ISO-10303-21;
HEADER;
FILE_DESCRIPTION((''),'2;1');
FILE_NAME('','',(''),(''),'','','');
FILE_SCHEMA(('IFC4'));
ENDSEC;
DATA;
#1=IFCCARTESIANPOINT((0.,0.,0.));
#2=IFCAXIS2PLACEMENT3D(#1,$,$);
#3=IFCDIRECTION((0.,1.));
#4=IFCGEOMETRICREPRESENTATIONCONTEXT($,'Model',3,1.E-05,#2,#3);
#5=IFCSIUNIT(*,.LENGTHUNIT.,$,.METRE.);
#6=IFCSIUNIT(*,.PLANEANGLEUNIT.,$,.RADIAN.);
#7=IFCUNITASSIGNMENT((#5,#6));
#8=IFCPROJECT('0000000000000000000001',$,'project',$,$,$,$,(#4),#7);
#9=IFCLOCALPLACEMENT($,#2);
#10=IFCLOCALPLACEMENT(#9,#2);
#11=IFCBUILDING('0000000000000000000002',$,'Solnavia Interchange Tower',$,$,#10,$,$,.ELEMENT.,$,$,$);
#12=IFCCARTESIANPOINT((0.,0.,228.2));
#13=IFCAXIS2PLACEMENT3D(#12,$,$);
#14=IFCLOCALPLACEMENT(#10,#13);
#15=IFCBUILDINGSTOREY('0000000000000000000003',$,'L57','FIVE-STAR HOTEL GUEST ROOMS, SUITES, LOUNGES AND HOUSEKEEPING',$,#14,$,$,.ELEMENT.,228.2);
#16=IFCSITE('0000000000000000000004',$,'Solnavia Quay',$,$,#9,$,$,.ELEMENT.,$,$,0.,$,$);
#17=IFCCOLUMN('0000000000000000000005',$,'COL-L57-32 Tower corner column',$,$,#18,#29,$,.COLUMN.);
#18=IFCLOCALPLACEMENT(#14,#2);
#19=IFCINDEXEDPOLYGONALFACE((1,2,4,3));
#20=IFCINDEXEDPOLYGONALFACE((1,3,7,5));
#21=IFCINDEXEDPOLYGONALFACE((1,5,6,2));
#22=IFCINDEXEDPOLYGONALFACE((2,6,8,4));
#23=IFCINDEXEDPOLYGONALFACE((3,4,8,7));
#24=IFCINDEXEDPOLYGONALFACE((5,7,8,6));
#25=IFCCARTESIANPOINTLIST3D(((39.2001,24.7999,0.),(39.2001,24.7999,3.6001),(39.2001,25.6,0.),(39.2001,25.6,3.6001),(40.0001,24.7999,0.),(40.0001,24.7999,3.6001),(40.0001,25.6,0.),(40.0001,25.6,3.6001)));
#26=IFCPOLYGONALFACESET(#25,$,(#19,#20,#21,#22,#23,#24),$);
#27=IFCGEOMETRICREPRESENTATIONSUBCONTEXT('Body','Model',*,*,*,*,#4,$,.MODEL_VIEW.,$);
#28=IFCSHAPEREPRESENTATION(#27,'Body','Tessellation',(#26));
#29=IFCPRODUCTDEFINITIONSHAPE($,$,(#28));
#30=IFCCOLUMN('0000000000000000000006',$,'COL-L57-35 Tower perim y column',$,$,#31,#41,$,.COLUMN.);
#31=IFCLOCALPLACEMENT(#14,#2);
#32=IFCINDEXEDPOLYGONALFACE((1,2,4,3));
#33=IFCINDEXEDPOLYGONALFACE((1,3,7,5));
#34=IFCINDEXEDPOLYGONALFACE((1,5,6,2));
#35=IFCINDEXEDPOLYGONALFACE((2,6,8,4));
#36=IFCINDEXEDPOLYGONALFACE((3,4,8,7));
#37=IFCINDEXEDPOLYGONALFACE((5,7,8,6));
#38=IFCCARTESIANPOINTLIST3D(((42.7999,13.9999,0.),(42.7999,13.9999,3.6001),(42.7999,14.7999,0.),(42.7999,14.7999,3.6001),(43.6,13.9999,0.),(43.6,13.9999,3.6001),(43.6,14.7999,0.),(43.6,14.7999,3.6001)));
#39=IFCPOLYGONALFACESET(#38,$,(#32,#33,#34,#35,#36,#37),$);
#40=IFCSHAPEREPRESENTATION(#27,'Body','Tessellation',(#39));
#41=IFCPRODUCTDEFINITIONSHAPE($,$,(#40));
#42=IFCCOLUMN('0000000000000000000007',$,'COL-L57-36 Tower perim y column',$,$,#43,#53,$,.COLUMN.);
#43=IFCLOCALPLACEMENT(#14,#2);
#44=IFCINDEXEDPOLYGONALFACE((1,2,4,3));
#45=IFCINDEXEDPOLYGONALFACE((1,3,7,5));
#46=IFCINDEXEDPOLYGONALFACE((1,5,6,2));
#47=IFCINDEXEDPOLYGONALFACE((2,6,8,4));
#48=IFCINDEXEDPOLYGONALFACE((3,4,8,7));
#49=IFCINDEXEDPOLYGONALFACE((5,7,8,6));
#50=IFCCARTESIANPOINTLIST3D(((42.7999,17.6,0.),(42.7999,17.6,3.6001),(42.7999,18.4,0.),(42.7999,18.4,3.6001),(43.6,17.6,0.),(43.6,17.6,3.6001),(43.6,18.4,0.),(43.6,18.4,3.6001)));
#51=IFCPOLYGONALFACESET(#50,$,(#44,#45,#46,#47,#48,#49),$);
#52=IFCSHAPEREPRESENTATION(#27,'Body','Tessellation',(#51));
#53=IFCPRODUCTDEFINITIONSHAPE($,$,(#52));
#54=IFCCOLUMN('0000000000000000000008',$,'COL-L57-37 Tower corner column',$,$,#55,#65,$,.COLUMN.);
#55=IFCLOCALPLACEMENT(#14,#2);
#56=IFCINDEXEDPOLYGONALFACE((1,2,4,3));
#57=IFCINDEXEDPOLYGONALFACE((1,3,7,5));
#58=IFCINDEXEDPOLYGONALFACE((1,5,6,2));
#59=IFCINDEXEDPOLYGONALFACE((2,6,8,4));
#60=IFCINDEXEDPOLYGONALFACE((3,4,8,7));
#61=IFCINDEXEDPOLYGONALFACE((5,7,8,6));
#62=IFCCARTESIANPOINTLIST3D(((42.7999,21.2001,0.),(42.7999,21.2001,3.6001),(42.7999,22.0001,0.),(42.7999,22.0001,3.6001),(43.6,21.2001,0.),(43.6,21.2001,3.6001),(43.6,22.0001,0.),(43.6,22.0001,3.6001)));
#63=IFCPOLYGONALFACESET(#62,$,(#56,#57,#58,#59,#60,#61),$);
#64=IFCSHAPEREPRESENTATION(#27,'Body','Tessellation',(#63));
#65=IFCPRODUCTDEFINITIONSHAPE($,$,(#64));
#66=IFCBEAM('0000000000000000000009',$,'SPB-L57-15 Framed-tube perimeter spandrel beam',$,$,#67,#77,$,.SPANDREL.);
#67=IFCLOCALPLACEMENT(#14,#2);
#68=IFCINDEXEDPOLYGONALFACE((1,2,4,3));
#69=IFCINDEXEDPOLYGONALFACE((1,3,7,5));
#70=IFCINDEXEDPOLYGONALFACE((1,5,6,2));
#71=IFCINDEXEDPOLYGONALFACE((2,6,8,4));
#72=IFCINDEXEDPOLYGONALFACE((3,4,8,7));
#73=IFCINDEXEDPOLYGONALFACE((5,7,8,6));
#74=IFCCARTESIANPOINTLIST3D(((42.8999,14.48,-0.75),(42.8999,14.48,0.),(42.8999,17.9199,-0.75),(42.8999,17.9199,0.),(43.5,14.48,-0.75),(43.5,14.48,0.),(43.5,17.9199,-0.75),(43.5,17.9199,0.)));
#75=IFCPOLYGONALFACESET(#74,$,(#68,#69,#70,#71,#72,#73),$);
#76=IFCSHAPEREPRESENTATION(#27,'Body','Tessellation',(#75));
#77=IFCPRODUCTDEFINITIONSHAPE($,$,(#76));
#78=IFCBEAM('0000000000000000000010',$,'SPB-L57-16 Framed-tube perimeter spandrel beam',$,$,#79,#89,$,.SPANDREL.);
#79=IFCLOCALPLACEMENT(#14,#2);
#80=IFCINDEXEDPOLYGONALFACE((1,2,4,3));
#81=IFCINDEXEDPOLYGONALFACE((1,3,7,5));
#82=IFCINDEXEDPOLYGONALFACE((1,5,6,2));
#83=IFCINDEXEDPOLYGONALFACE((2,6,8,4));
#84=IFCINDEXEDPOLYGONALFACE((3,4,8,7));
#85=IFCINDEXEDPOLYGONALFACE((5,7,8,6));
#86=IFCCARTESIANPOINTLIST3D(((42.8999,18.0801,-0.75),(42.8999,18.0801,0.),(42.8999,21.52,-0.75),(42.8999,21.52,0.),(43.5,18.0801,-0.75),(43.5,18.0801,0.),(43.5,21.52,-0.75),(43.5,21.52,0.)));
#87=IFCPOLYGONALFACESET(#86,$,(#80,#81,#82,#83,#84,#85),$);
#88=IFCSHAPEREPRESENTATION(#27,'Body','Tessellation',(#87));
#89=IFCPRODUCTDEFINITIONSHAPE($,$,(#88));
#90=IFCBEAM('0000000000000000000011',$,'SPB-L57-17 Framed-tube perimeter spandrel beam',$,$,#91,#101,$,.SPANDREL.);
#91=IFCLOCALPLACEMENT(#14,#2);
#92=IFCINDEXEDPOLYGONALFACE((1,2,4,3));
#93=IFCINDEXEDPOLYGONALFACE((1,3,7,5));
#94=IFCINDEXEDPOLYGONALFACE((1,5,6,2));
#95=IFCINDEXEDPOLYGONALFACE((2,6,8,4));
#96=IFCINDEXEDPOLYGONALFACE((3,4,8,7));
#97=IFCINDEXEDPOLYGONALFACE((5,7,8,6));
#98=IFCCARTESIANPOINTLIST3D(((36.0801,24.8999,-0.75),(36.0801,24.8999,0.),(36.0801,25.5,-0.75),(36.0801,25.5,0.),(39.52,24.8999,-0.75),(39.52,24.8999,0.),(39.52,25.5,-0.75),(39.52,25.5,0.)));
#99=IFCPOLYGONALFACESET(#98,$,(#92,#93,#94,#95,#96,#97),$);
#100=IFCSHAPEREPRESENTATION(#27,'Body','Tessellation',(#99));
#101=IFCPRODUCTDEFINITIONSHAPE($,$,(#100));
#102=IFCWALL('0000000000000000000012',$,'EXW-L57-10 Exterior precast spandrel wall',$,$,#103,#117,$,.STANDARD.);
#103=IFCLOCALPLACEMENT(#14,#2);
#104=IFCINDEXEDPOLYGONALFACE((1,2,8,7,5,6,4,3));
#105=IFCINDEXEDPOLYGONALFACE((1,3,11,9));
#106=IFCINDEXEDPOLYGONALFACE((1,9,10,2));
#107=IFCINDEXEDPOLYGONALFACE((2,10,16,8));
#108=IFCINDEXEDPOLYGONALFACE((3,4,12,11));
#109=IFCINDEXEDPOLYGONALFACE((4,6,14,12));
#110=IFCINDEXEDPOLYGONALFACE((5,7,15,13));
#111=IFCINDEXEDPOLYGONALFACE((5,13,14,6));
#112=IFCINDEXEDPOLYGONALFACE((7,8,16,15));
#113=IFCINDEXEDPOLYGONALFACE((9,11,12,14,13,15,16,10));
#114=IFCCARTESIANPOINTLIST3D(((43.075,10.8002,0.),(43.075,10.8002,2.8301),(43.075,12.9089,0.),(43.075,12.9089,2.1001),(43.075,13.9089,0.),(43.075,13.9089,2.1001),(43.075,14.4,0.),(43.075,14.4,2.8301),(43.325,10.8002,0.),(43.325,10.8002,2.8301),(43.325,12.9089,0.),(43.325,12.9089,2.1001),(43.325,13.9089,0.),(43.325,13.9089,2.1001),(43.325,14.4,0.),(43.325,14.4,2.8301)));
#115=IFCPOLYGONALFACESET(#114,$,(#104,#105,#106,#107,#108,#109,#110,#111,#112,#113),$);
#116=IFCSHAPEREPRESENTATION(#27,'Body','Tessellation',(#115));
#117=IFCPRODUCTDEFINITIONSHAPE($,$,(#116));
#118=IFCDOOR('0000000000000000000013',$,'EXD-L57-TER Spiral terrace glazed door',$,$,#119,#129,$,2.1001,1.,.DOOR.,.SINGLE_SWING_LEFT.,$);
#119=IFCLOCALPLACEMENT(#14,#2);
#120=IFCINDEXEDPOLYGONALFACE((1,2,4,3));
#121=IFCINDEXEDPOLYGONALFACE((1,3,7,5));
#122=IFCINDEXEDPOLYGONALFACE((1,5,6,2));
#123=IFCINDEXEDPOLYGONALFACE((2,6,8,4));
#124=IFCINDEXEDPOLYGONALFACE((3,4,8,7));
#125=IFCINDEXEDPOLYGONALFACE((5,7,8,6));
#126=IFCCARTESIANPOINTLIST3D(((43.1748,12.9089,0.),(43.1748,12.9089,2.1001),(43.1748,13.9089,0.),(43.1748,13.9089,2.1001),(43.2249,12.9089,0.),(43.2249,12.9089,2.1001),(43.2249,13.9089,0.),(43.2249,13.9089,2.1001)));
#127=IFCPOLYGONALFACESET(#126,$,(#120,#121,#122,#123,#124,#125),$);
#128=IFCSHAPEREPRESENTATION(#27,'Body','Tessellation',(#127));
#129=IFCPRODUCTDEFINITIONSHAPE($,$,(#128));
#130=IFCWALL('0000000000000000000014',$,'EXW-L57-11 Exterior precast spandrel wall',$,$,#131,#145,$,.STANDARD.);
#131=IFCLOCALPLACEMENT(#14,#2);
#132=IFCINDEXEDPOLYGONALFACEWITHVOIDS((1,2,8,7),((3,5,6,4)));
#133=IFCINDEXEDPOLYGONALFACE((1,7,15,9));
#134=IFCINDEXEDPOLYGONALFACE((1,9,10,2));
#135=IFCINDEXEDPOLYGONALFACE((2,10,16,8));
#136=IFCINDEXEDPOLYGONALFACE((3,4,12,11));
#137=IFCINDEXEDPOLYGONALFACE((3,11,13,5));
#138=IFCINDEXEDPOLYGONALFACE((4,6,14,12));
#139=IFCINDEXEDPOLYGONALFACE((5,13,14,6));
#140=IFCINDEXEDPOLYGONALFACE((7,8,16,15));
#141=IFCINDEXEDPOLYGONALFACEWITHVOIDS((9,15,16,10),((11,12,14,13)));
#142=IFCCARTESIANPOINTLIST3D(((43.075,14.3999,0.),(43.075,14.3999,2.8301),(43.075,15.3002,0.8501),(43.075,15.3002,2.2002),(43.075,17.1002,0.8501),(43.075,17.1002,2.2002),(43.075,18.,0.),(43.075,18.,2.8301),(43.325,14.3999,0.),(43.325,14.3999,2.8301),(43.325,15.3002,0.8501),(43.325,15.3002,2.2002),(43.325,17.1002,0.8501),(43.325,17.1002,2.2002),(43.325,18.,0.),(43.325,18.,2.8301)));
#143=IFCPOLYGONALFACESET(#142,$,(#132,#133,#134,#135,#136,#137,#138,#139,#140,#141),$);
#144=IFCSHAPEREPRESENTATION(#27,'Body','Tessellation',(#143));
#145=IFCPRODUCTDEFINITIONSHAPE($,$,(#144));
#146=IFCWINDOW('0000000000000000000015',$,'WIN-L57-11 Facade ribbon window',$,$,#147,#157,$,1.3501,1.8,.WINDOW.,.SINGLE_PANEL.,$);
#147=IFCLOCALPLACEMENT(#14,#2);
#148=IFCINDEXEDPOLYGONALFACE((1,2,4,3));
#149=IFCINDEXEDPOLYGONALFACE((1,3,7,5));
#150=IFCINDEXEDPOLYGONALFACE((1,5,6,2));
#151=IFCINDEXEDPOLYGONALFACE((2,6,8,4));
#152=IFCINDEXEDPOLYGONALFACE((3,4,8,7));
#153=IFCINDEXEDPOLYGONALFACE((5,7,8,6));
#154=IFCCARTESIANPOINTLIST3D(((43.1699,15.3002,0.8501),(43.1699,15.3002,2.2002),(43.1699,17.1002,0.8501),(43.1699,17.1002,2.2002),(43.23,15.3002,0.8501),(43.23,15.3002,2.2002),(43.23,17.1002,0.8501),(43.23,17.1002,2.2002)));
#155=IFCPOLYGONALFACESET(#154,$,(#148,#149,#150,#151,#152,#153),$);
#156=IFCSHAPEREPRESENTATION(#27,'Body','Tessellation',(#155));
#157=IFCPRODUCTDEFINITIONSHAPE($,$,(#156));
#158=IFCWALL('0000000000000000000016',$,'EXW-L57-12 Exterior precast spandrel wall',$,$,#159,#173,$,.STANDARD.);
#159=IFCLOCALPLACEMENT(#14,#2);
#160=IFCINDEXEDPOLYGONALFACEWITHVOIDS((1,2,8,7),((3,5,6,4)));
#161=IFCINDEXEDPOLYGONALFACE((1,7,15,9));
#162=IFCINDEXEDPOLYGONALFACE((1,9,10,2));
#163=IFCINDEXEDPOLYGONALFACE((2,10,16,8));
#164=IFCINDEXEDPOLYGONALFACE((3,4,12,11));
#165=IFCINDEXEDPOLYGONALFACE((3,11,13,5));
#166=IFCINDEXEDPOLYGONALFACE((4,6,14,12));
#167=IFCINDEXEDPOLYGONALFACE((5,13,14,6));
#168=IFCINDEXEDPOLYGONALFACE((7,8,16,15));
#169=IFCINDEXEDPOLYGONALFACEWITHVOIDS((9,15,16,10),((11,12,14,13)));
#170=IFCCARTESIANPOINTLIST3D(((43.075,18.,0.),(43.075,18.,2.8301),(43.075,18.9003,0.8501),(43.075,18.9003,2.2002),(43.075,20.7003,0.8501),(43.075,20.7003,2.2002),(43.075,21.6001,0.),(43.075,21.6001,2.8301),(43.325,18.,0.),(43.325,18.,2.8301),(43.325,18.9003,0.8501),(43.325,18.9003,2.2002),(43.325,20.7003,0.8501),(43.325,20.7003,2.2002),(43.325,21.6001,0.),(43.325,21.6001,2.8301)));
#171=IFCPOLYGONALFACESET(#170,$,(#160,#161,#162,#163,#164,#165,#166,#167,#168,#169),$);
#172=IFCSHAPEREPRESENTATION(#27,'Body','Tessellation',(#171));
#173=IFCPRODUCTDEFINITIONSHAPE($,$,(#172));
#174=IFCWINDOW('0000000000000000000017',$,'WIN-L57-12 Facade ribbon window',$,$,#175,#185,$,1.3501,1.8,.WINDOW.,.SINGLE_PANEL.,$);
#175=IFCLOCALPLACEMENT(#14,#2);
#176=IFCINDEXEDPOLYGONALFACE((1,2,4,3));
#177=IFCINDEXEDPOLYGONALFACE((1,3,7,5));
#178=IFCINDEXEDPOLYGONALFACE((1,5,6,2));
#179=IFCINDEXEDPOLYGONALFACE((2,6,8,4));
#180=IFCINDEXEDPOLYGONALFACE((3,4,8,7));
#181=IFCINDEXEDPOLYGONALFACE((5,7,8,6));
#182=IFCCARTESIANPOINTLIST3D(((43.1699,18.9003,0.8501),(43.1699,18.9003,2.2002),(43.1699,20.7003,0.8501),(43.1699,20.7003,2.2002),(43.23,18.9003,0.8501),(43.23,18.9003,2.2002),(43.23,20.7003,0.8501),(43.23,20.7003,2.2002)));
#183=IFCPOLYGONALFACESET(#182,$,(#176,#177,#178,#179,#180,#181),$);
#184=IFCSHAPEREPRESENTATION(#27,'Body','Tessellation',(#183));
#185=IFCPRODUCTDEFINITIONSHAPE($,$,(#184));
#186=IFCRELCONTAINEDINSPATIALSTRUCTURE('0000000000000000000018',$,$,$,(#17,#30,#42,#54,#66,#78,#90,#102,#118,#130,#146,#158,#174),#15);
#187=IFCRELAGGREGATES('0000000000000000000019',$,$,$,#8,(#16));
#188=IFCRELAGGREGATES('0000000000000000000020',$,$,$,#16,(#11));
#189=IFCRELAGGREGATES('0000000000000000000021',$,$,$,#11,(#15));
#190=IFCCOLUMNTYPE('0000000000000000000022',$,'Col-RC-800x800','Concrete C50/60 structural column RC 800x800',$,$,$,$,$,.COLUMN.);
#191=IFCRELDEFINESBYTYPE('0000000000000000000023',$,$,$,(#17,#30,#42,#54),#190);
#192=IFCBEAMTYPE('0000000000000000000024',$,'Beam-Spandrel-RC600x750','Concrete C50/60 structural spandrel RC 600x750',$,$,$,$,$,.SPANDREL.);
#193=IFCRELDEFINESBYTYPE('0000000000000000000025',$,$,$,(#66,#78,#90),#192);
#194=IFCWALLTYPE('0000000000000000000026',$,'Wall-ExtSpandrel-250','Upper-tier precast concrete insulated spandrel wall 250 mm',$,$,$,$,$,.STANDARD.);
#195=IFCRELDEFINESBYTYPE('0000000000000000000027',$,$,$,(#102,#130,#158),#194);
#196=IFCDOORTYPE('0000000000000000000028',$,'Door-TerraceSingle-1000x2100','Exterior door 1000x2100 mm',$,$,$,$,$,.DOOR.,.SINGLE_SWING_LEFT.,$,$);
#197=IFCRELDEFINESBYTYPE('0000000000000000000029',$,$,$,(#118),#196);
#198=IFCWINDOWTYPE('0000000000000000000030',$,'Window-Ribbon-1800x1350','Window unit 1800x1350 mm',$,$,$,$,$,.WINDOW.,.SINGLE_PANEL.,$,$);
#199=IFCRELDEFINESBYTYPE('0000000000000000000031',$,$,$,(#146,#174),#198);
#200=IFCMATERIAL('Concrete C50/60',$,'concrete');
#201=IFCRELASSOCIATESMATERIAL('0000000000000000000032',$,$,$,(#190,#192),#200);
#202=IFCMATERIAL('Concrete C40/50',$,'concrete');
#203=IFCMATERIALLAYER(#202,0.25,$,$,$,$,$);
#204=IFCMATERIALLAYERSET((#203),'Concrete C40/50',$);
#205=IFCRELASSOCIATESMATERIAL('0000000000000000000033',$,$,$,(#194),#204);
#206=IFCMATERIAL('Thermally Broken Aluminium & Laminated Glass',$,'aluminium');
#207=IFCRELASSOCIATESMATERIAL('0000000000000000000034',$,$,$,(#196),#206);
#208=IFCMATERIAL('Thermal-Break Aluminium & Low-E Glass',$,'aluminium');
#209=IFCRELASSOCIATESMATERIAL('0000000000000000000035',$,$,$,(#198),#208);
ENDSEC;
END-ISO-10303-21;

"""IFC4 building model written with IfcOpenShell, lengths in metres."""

from ifc_helpers import new_model, si_unit, direction, frame, frame_2d, origin, origin_2d, place, context, subcontext, project, spatial, rectangle, extrude, material, layer, layer_set, material_profile, profile_set, type_object, element, fill, save


model = new_model("IFC4")

# Units and contexts
model_context = context("Model", 3, precision=1e-05, world=origin(), true_north=direction((0.0, 1.0)))
body_context = subcontext(model_context, "Body", "Model", "MODEL_VIEW")
ifc_project = project(units=[si_unit("LENGTHUNIT", "METRE"), si_unit("PLANEANGLEUNIT", "RADIAN")], contexts=[model_context])

# Site, building, storey
site_placement = place(None, origin())
site = spatial("IfcSite", under=ifc_project, at=site_placement, Name="Solnavia Quay", CompositionType="ELEMENT", RefElevation=0.0)
building_placement = place(site_placement, origin())
building = spatial("IfcBuilding", under=site, at=building_placement, Name="Solnavia Interchange Tower", CompositionType="ELEMENT")
storey_placement = place(building_placement, frame((0.0, 0.0, 228.2)))
storey = spatial("IfcBuildingStorey", under=building, at=storey_placement, Name="L57", Description="FIVE-STAR HOTEL GUEST ROOMS, SUITES, LOUNGES AND HOUSEKEEPING", CompositionType="ELEMENT", Elevation=228.2)

# Columns
ifc_material_1 = material(Name="Concrete C50/60", Category="concrete")
ifc_material_profile_1 = material_profile(ifc_material_1, rectangle(XDim=0.8, YDim=0.8, at=origin_2d()), Name="RC 800x800")
ifc_profile_set_1 = profile_set([ifc_material_profile_1], Name="Concrete C50/60")
column_type = type_object("IfcColumnType", Name="Col-RC-800x800", Description="Concrete C50/60 structural column RC 800x800", PredefinedType="COLUMN", material=ifc_profile_set_1)
for number, where, z_axis, x_axis, name in (
    (1, (39.6001, 25.2, 0.0), (0.0, 0.0, 1.0), (1.0, 0.0, 0.0), "COL-L57-32 Tower corner column"),
    (2, (43.2, 14.3999, 0.0), (0.0, 0.0, 1.0), (0.0, 1.0, 0.0), "COL-L57-35 Tower perim y column"),
    (3, (43.2, 18.0, 0.0), (0.0, 0.0, 1.0), (0.0, 1.0, 0.0), "COL-L57-36 Tower perim y column"),
    (4, (43.2, 21.6001, 0.0), (0.0, 0.0, 1.0), (0.0, 1.0, 0.0), "COL-L57-37 Tower corner column"),
):
    element("IfcColumn", number, at=place(storey_placement, frame(where, z_axis=z_axis, x_axis=x_axis)), inside=storey, type_object=column_type, Name=name, PredefinedType="COLUMN", context=body_context, shape_type="SweptSolid", body=[
        extrude(rectangle(XDim=0.8, YDim=0.8, at=origin_2d()), origin(), (0.0, 0.0, 1.0), 3.6001),
    ])

# Beams
ifc_material_profile_2 = material_profile(ifc_material_1, rectangle(XDim=0.6001, YDim=0.75, at=origin_2d()), Name="RC 600x750")
ifc_profile_set_2 = profile_set([ifc_material_profile_2], Name="Concrete C50/60")
beam_type = type_object("IfcBeamType", Name="Beam-Spandrel-RC600x750", Description="Concrete C50/60 structural spandrel RC 600x750", PredefinedType="SPANDREL", material=ifc_profile_set_2)
for number, where, z_axis, x_axis, name in (
    (5, (43.2, 14.48, -0.375), (0.0, 1.0, 0.0), (-1.0, 0.0, 0.0), "SPB-L57-15 Framed-tube perimeter spandrel beam"),
    (6, (43.2, 18.0801, -0.375), (0.0, 1.0, 0.0), (-1.0, 0.0, 0.0), "SPB-L57-16 Framed-tube perimeter spandrel beam"),
    (7, (39.52, 25.2, -0.375), (-1.0, 0.0, 0.0), (0.0, -1.0, 0.0), "SPB-L57-17 Framed-tube perimeter spandrel beam"),
):
    element("IfcBeam", number, at=place(storey_placement, frame(where, z_axis=z_axis, x_axis=x_axis)), inside=storey, type_object=beam_type, Name=name, PredefinedType="SPANDREL", context=body_context, shape_type="SweptSolid", body=[
        extrude(rectangle(XDim=0.6001, YDim=0.75, at=origin_2d()), origin(), (0.0, 0.0, 1.0), 3.4399),
    ])

# Wall, opening, door
ifc_material_2 = material(Name="Concrete C40/50", Category="concrete")
ifc_layer_1 = layer(ifc_material_2, 0.25)
ifc_layer_set_1 = layer_set([ifc_layer_1], Name="Concrete C40/50")
wall_type_1 = type_object("IfcWallType", Name="Wall-ExtSpandrel-250", Description="Upper-tier precast concrete insulated spandrel wall 250 mm", PredefinedType="STANDARD", material=ifc_layer_set_1)
wall_1_placement = place(storey_placement, frame((43.2, 14.3999, 0.0), z_axis=(0.0, 0.0, 1.0), x_axis=(0.0, -1.0, 0.0)))
wall_1 = element("IfcWall", 8, at=wall_1_placement, inside=storey, type_object=wall_type_1, Name="EXW-L57-10 Exterior precast spandrel wall", PredefinedType="STANDARD", context=body_context, shape_type="SweptSolid", body=[
    extrude(rectangle(XDim=3.5999, YDim=0.25, at=frame_2d((1.7998, 0.0))), origin(), (0.0, 0.0, 1.0), 2.8301),
])
opening_1_placement = place(wall_1_placement, frame((0.491, 0.0, 0.0)))
opening_1 = element("IfcOpeningElement", 9, at=opening_1_placement, cuts=wall_1, PredefinedType="OPENING", context=body_context, shape_type="SweptSolid", body=[
    extrude(rectangle(XDim=1.0, YDim=2.1001, at=frame_2d((0.5, 1.05))), frame((0.0, 0.135, 0.0), z_axis=(0.0, -1.0, 0.0), x_axis=(1.0, 0.0, 0.0)), (0.0, 0.0, 1.0), 0.27),
])
ifc_material_3 = material(Name="Thermally Broken Aluminium & Laminated Glass", Category="aluminium")
door_type = type_object("IfcDoorType", Name="Door-TerraceSingle-1000x2100", Description="Exterior door 1000x2100 mm", OperationType="SINGLE_SWING_LEFT", PredefinedType="DOOR", material=ifc_material_3)
door_placement = place(opening_1_placement, origin())
door = element("IfcDoor", 10, at=door_placement, inside=storey, type_object=door_type, Name="EXD-L57-TER Spiral terrace glazed door", OperationType="SINGLE_SWING_LEFT", OverallHeight=2.1001, OverallWidth=1.0, PredefinedType="DOOR", context=body_context, shape_type="SweptSolid", body=[
    extrude(rectangle(XDim=1.0, YDim=2.1001, at=frame_2d((0.5, 1.05))), frame((0.0, 0.0249, 0.0), z_axis=(0.0, -1.0, 0.0), x_axis=(1.0, 0.0, 0.0)), (0.0, 0.0, 1.0), 0.05),
])
fill(opening_1, door)

# Walls, openings, windows
wall_2_placement = place(storey_placement, frame((43.2, 18.0, 0.0), z_axis=(0.0, 0.0, 1.0), x_axis=(0.0, -1.0, 0.0)))
wall_2 = element("IfcWall", 11, at=wall_2_placement, inside=storey, type_object=wall_type_1, Name="EXW-L57-11 Exterior precast spandrel wall", PredefinedType="STANDARD", context=body_context, shape_type="SweptSolid", body=[
    extrude(rectangle(XDim=3.6001, YDim=0.25, at=frame_2d((1.8, 0.0))), origin(), (0.0, 0.0, 1.0), 2.8301),
])
opening_2_placement = place(wall_2_placement, frame((0.8999, 0.0, 0.8501)))
opening_2 = element("IfcOpeningElement", 12, at=opening_2_placement, cuts=wall_2, PredefinedType="OPENING", context=body_context, shape_type="SweptSolid", body=[
    extrude(rectangle(XDim=1.8, YDim=1.3501, at=frame_2d((0.8999, 0.675))), frame((0.0, 0.135, 0.0), z_axis=(0.0, -1.0, 0.0), x_axis=(1.0, 0.0, 0.0)), (0.0, 0.0, 1.0), 0.27),
])
ifc_material_4 = material(Name="Thermal-Break Aluminium & Low-E Glass", Category="aluminium")
window_type = type_object("IfcWindowType", Name="Window-Ribbon-1800x1350", Description="Window unit 1800x1350 mm", PartitioningType="SINGLE_PANEL", PredefinedType="WINDOW", material=ifc_material_4)
window_1_placement = place(opening_2_placement, origin())
window_1 = element("IfcWindow", 13, at=window_1_placement, inside=storey, type_object=window_type, Name="WIN-L57-11 Facade ribbon window", OverallHeight=1.3501, OverallWidth=1.8, PartitioningType="SINGLE_PANEL", PredefinedType="WINDOW", context=body_context, shape_type="SweptSolid", body=[
    extrude(rectangle(XDim=1.8, YDim=1.3501, at=frame_2d((0.8999, 0.675))), frame((0.0, 0.03, 0.0), z_axis=(0.0, -1.0, 0.0), x_axis=(1.0, 0.0, 0.0)), (0.0, 0.0, 1.0), 0.0601),
])
fill(opening_2, window_1)
wall_3_placement = place(storey_placement, frame((43.2, 21.6001, 0.0), z_axis=(0.0, 0.0, 1.0), x_axis=(0.0, -1.0, 0.0)))
wall_3 = element("IfcWall", 14, at=wall_3_placement, inside=storey, type_object=wall_type_1, Name="EXW-L57-12 Exterior precast spandrel wall", PredefinedType="STANDARD", context=body_context, shape_type="SweptSolid", body=[
    extrude(rectangle(XDim=3.6001, YDim=0.25, at=frame_2d((1.8, 0.0))), origin(), (0.0, 0.0, 1.0), 2.8301),
])
opening_3_placement = place(wall_3_placement, frame((0.8999, 0.0, 0.8501)))
opening_3 = element("IfcOpeningElement", 15, at=opening_3_placement, cuts=wall_3, PredefinedType="OPENING", context=body_context, shape_type="SweptSolid", body=[
    extrude(rectangle(XDim=1.8, YDim=1.3501, at=frame_2d((0.8999, 0.675))), frame((0.0, 0.135, 0.0), z_axis=(0.0, -1.0, 0.0), x_axis=(1.0, 0.0, 0.0)), (0.0, 0.0, 1.0), 0.27),
])
window_2_placement = place(opening_3_placement, origin())
window_2 = element("IfcWindow", 16, at=window_2_placement, inside=storey, type_object=window_type, Name="WIN-L57-12 Facade ribbon window", OverallHeight=1.3501, OverallWidth=1.8, PartitioningType="SINGLE_PANEL", PredefinedType="WINDOW", context=body_context, shape_type="SweptSolid", body=[
    extrude(rectangle(XDim=1.8, YDim=1.3501, at=frame_2d((0.8999, 0.675))), frame((0.0, 0.03, 0.0), z_axis=(0.0, -1.0, 0.0), x_axis=(1.0, 0.0, 0.0)), (0.0, 0.0, 1.0), 0.0601),
])
fill(opening_3, window_2)

save(model, "model.ifc")
